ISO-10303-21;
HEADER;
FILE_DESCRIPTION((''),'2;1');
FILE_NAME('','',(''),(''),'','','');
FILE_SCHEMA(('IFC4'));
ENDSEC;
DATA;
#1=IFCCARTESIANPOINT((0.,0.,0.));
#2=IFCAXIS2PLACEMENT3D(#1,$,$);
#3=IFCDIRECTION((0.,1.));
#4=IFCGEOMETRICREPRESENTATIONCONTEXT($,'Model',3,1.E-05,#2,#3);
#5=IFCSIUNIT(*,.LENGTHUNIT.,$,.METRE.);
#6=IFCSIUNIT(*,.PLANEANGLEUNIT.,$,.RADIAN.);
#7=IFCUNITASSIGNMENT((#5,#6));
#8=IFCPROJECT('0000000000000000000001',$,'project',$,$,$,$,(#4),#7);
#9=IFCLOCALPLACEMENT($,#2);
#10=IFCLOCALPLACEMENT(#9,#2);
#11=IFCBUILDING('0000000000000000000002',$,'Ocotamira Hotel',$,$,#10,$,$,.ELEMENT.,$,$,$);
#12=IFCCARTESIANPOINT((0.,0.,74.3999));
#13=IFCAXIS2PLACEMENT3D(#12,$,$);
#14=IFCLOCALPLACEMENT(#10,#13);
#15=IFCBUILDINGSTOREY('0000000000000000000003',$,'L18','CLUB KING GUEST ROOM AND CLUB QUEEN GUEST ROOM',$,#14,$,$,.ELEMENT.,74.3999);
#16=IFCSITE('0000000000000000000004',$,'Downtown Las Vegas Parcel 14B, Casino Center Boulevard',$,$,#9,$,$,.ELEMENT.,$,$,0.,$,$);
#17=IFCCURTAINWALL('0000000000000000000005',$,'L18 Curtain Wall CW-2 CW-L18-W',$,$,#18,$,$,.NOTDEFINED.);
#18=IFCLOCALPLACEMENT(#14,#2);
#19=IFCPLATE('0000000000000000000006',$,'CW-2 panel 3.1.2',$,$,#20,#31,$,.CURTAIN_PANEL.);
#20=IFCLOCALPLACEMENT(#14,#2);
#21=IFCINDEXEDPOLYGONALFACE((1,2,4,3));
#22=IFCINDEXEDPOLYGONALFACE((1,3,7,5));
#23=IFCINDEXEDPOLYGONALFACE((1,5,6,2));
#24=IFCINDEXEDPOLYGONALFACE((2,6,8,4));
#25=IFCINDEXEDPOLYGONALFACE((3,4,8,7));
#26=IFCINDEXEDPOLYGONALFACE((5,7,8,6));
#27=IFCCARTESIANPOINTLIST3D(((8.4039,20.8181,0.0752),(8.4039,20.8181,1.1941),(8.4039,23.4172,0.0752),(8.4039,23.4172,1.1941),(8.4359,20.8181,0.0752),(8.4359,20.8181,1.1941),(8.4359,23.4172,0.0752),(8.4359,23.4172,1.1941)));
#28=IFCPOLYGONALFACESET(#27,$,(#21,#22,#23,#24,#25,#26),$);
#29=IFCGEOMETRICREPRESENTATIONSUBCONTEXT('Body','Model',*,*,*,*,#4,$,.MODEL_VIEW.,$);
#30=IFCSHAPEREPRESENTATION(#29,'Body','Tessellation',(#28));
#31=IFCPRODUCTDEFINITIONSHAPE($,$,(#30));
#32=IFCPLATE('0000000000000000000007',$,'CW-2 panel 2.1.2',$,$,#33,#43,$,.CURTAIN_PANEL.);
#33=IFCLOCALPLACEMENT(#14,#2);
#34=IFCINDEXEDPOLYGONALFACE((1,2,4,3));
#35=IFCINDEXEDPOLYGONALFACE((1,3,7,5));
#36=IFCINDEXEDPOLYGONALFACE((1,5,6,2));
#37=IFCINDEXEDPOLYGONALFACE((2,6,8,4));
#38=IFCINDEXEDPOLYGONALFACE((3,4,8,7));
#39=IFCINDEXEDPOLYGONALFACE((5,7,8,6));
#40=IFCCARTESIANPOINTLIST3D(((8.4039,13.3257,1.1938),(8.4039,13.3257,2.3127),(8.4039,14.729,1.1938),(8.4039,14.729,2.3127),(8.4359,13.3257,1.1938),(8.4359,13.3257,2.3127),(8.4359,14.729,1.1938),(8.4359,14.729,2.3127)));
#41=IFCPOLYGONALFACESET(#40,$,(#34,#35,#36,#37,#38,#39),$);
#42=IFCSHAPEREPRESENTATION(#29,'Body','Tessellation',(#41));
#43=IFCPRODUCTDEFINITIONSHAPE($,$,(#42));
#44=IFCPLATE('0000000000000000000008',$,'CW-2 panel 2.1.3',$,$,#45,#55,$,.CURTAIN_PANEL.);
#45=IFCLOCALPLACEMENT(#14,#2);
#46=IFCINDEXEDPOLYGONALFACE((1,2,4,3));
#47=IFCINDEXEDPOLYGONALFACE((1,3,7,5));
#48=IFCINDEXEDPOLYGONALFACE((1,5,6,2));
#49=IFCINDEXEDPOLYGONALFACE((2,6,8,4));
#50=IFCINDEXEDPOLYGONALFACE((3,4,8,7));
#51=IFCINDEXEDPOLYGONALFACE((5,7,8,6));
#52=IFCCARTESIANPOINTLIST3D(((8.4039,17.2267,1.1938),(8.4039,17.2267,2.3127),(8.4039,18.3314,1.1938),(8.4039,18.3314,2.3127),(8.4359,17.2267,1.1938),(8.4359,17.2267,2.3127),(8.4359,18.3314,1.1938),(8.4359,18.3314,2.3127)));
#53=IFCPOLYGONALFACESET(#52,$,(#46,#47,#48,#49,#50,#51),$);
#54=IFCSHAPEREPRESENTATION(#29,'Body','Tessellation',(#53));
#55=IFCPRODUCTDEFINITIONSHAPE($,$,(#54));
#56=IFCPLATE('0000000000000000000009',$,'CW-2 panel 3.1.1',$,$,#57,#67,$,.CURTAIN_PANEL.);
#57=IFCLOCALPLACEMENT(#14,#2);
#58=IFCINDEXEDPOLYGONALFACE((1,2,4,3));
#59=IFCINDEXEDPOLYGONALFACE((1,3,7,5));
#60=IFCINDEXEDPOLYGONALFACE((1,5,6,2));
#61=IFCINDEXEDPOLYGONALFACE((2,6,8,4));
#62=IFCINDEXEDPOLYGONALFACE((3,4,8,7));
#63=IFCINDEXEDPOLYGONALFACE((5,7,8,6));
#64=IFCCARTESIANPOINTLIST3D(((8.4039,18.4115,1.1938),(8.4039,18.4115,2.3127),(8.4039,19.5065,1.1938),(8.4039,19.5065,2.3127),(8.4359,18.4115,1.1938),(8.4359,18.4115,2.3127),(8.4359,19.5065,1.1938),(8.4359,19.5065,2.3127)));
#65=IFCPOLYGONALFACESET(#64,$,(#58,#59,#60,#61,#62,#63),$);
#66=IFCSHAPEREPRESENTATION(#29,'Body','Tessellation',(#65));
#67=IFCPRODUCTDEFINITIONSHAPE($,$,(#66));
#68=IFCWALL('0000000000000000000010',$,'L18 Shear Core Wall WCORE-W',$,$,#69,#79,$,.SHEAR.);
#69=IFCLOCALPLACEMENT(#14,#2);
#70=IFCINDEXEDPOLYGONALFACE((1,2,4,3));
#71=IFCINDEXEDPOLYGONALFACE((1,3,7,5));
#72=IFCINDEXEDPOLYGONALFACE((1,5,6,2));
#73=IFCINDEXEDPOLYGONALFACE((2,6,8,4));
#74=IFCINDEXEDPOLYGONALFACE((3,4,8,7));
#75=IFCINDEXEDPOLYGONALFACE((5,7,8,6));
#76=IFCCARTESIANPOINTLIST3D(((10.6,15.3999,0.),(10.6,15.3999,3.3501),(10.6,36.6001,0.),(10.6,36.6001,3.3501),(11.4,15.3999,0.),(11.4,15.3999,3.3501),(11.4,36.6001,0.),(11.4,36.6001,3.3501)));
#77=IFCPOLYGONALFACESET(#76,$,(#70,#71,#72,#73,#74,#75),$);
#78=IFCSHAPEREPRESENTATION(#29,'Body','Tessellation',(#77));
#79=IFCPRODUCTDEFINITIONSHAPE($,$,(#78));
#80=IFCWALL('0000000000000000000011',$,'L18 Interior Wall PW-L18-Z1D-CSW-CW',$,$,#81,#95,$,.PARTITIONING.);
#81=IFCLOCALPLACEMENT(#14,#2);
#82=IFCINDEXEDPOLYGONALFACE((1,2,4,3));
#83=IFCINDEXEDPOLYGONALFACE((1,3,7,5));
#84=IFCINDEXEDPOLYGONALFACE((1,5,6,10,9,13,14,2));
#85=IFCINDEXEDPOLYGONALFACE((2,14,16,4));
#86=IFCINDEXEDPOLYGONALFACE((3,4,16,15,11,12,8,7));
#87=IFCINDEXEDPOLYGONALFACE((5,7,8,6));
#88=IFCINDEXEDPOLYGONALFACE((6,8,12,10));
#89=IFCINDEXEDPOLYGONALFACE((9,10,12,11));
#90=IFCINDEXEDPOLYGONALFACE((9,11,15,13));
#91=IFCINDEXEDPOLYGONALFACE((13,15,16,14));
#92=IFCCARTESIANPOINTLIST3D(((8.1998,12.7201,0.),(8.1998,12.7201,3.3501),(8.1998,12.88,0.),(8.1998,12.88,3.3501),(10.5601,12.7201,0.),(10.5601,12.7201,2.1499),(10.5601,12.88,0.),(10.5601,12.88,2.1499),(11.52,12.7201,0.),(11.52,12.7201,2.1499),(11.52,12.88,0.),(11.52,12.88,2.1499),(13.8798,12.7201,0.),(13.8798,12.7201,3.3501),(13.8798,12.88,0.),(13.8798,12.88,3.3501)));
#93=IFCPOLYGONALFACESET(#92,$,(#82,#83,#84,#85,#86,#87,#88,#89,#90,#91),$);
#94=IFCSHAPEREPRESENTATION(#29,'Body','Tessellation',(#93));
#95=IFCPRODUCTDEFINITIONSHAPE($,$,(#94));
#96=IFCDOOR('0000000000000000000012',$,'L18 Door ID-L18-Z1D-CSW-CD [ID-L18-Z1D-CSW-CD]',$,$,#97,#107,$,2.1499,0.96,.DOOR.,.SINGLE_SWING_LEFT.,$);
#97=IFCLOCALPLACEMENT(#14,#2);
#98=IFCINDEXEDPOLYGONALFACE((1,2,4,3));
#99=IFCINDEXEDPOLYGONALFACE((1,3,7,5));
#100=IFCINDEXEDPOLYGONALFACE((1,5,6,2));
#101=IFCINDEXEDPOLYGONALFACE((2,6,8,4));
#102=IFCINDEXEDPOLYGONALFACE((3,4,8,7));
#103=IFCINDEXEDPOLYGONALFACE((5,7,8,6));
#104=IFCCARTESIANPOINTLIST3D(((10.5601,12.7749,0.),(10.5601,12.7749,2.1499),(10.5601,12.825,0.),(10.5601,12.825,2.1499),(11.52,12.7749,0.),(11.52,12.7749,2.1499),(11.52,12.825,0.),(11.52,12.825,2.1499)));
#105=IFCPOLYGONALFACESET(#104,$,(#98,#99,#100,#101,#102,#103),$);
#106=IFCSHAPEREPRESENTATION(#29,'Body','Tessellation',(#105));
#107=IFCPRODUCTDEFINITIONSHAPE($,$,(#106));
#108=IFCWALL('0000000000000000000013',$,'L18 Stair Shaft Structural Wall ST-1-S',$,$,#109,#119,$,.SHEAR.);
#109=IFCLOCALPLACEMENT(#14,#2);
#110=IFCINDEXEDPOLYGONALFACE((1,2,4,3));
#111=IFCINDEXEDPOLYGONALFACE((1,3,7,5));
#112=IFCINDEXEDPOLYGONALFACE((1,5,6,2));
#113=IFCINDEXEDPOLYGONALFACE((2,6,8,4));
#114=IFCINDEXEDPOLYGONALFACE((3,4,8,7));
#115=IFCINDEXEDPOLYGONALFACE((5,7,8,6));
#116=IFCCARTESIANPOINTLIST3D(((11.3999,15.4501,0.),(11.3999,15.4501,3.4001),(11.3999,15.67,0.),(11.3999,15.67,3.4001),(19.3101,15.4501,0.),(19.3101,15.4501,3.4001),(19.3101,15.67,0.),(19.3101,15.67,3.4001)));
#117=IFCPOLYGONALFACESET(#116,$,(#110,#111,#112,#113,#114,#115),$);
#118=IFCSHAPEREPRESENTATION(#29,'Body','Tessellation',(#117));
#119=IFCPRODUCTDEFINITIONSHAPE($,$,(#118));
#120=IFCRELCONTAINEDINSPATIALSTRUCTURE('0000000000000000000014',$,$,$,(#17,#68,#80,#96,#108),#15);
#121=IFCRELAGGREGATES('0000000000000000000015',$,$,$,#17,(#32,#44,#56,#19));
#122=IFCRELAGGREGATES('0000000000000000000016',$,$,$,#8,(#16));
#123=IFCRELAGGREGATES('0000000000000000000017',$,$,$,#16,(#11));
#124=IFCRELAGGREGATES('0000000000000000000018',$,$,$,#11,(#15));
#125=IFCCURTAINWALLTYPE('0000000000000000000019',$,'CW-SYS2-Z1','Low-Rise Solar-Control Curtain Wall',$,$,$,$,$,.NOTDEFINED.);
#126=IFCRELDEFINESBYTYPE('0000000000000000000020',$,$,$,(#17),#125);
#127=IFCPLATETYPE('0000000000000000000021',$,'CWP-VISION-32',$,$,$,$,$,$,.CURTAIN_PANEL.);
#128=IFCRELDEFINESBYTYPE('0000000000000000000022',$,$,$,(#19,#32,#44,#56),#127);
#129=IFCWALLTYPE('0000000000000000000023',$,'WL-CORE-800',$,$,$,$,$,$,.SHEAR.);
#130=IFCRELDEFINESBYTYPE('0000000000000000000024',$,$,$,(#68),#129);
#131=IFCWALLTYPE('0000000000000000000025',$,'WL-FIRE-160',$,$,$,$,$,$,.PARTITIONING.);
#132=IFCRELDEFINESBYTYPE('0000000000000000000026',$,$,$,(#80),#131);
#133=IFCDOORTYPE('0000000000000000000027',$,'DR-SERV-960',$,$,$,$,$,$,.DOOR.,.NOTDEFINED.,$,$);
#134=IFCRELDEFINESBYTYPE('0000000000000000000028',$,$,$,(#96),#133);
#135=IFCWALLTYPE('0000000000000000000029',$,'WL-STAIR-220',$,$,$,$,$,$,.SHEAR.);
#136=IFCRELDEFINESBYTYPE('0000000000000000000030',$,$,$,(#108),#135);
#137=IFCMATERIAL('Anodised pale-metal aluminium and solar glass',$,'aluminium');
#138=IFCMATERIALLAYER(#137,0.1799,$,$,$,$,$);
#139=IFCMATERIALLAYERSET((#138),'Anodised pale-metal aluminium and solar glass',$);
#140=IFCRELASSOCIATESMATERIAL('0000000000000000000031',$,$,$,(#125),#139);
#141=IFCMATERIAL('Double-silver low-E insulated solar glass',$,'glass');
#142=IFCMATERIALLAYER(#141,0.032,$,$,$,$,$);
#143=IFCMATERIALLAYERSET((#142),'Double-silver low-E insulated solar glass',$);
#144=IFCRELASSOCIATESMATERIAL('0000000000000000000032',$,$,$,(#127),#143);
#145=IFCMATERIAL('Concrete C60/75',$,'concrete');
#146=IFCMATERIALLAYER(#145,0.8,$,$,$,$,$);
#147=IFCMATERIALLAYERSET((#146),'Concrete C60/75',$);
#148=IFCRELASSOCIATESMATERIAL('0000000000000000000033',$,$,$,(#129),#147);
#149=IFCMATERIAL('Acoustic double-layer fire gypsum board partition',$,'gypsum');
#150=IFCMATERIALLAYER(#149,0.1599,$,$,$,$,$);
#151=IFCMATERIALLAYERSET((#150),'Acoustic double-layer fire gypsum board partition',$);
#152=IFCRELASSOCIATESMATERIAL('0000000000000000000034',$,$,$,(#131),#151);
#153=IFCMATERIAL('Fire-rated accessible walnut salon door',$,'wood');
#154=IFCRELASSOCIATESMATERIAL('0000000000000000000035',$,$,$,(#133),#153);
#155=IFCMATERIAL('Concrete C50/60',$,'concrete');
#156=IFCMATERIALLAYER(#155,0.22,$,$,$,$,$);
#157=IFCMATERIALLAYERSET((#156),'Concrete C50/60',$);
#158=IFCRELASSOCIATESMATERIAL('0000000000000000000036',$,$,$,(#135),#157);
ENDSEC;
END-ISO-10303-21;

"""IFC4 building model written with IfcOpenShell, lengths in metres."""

from ifc_helpers import new_model, si_unit, direction, frame, frame_2d, origin, origin_2d, place, context, subcontext, project, spatial, rectangle, extrude, source, transform, mapped, material, layer, layer_set, type_object, element, fill, aggregate, save


model = new_model("IFC4")

# Units and contexts
model_context = context("Model", 3, precision=1e-05, world=origin(), true_north=direction((0.0, 1.0)))
body_context = subcontext(model_context, "Body", "Model", "MODEL_VIEW")
ifc_project = project(units=[si_unit("LENGTHUNIT", "METRE"), si_unit("PLANEANGLEUNIT", "RADIAN")], contexts=[model_context])

# Site, building, storey
site_placement = place(None, origin())
site = spatial("IfcSite", under=ifc_project, at=site_placement, Name="Downtown Las Vegas Parcel 14B, Casino Center Boulevard", CompositionType="ELEMENT", RefElevation=0.0)
building_placement = place(site_placement, origin())
building = spatial("IfcBuilding", under=site, at=building_placement, Name="Ocotamira Hotel", CompositionType="ELEMENT")
storey_placement = place(building_placement, frame((0.0, 0.0, 74.3999)))
storey = spatial("IfcBuildingStorey", under=building, at=storey_placement, Name="L18", Description="CLUB KING GUEST ROOM AND CLUB QUEEN GUEST ROOM", CompositionType="ELEMENT", Elevation=74.3999)

# Shared definitions
ifc_material_1 = material(Name="Concrete C60/75", Category="concrete")

# Curtain wall
ifc_material_2 = material(Name="Anodised pale-metal aluminium and solar glass", Category="aluminium")
ifc_layer_1 = layer(ifc_material_2, 0.1799)
ifc_layer_set_1 = layer_set([ifc_layer_1], Name="Anodised pale-metal aluminium and solar glass")
curtain_wall_type = type_object("IfcCurtainWallType", Name="CW-SYS2-Z1", Description="Low-Rise Solar-Control Curtain Wall", PredefinedType="NOTDEFINED", material=ifc_layer_set_1)
curtain_wall_placement = place(storey_placement, origin())
curtain_wall = element("IfcCurtainWall", 1, at=curtain_wall_placement, inside=storey, type_object=curtain_wall_type, Name="L18 Curtain Wall CW-2 CW-L18-W", PredefinedType="NOTDEFINED")

# Plates
ifc_material_3 = material(Name="Double-silver low-E insulated solar glass", Category="glass")
ifc_layer_2 = layer(ifc_material_3, 0.032)
ifc_layer_set_2 = layer_set([ifc_layer_2], Name="Double-silver low-E insulated solar glass")
plate_type_1 = type_object("IfcPlateType", Name="CWP-VISION-32", PredefinedType="CURTAIN_PANEL", material=ifc_layer_set_2)
shared_shape_1 = source(origin(), body_context, "Body", "SweptSolid", [
    extrude(rectangle(XDim=2.5991, YDim=0.032, at=origin_2d()), origin(), (0.0, 0.0, 1.0), 1.1189),
])
plate_1_placement = place(storey_placement, frame((8.4199, 22.1177, 0.0752), z_axis=(0.0, 0.0, 1.0), x_axis=(0.0, 1.0, 0.0)))
plate_1 = element("IfcPlate", 2, at=plate_1_placement, type_object=plate_type_1, Name="CW-2 panel 3.1.2", PredefinedType="CURTAIN_PANEL", context=body_context, shape_type="MappedRepresentation", body=[
    mapped(shared_shape_1, transform((0.0, 0.0, 0.0), scale=1.0)),
])
shared_shape_2 = source(origin(), body_context, "Body", "SweptSolid", [
    extrude(rectangle(XDim=1.4033, YDim=0.032, at=origin_2d()), origin(), (0.0, 0.0, 1.0), 1.1189),
])
plate_2_placement = place(storey_placement, frame((8.4199, 14.0273, 1.1938), z_axis=(0.0, 0.0, 1.0), x_axis=(0.0, 1.0, 0.0)))
plate_2 = element("IfcPlate", 3, at=plate_2_placement, type_object=plate_type_1, Name="CW-2 panel 2.1.2", PredefinedType="CURTAIN_PANEL", context=body_context, shape_type="MappedRepresentation", body=[
    mapped(shared_shape_2, transform((0.0, 0.0, 0.0), scale=1.0)),
])
shared_shape_3 = source(origin(), body_context, "Body", "SweptSolid", [
    extrude(rectangle(XDim=1.1047, YDim=0.032, at=origin_2d()), origin(), (0.0, 0.0, 1.0), 1.1189),
])
plate_3_placement = place(storey_placement, frame((8.4199, 17.7791, 1.1938), z_axis=(0.0, 0.0, 1.0), x_axis=(0.0, 1.0, 0.0)))
plate_3 = element("IfcPlate", 4, at=plate_3_placement, type_object=plate_type_1, Name="CW-2 panel 2.1.3", PredefinedType="CURTAIN_PANEL", context=body_context, shape_type="MappedRepresentation", body=[
    mapped(shared_shape_3, transform((0.0, 0.0, 0.0), scale=1.0)),
])
shared_shape_4 = source(origin(), body_context, "Body", "SweptSolid", [
    extrude(rectangle(XDim=1.095, YDim=0.032, at=origin_2d()), origin(), (0.0, 0.0, 1.0), 1.1189),
])
plate_4_placement = place(storey_placement, frame((8.4199, 18.959, 1.1938), z_axis=(0.0, 0.0, 1.0), x_axis=(0.0, 1.0, 0.0)))
plate_4 = element("IfcPlate", 5, at=plate_4_placement, type_object=plate_type_1, Name="CW-2 panel 3.1.1", PredefinedType="CURTAIN_PANEL", context=body_context, shape_type="MappedRepresentation", body=[
    mapped(shared_shape_4, transform((0.0, 0.0, 0.0), scale=1.0)),
])
aggregate(curtain_wall, [plate_2, plate_3, plate_4, plate_1])

# Shared definitions
ifc_layer_3 = layer(ifc_material_1, 0.8)
ifc_layer_set_3 = layer_set([ifc_layer_3], Name="Concrete C60/75")
wall_type_1 = type_object("IfcWallType", Name="WL-CORE-800", PredefinedType="SHEAR", material=ifc_layer_set_3)

# Wall
wall_1_placement = place(storey_placement, frame((11.0, 15.3999, 0.0), z_axis=(0.0, 0.0, 1.0), x_axis=(0.0, 1.0, 0.0)))
element("IfcWall", 6, at=wall_1_placement, inside=storey, type_object=wall_type_1, Name="L18 Shear Core Wall WCORE-W", PredefinedType="SHEAR", context=body_context, shape_type="SweptSolid", body=[
    extrude(rectangle(XDim=21.2002, YDim=0.8, at=frame_2d((10.6001, 0.0))), origin(), (0.0, 0.0, 1.0), 3.3501),
])

# Wall, opening, door
ifc_material_4 = material(Name="Acoustic double-layer fire gypsum board partition", Category="gypsum")
ifc_layer_4 = layer(ifc_material_4, 0.1599)
ifc_layer_set_4 = layer_set([ifc_layer_4], Name="Acoustic double-layer fire gypsum board partition")
wall_type_2 = type_object("IfcWallType", Name="WL-FIRE-160", PredefinedType="PARTITIONING", material=ifc_layer_set_4)
wall_2_placement = place(storey_placement, frame((8.2, 12.8, 0.0), z_axis=(0.0, 0.0, 1.0), x_axis=(1.0, 0.0, 0.0)))
wall_2 = element("IfcWall", 7, at=wall_2_placement, inside=storey, type_object=wall_type_2, Name="L18 Interior Wall PW-L18-Z1D-CSW-CW", PredefinedType="PARTITIONING", context=body_context, shape_type="SweptSolid", body=[
    extrude(rectangle(XDim=5.6799, YDim=0.1599, at=frame_2d((2.8398, 0.0))), origin(), (0.0, 0.0, 1.0), 3.3501),
])
opening_1_placement = place(wall_2_placement, frame((2.3601, 0.0, 0.0)))
opening_1 = element("IfcOpeningElement", 8, at=opening_1_placement, cuts=wall_2, PredefinedType="OPENING", context=body_context, shape_type="SweptSolid", body=[
    extrude(rectangle(XDim=0.96, YDim=2.1499, at=frame_2d((0.48, 1.075))), frame((0.0, 0.0898, 0.0), z_axis=(0.0, -1.0, 0.0), x_axis=(1.0, 0.0, 0.0)), (0.0, 0.0, 1.0), 0.1799),
])
ifc_material_5 = material(Name="Fire-rated accessible walnut salon door", Category="wood")
door_type_1 = type_object("IfcDoorType", Name="DR-SERV-960", OperationType="NOTDEFINED", PredefinedType="DOOR", material=ifc_material_5)
shared_shape_5 = source(origin(), body_context, "Body", "SweptSolid", [
    extrude(rectangle(XDim=0.96, YDim=2.1499, at=frame_2d((0.48, 1.075))), frame((0.0, 0.0249, 0.0), z_axis=(0.0, -1.0, 0.0), x_axis=(1.0, 0.0, 0.0)), (0.0, 0.0, 1.0), 0.05),
])
door_1_placement = place(opening_1_placement, origin())
door_1 = element("IfcDoor", 9, at=door_1_placement, inside=storey, type_object=door_type_1, Name="L18 Door ID-L18-Z1D-CSW-CD [ID-L18-Z1D-CSW-CD]", OperationType="SINGLE_SWING_LEFT", OverallHeight=2.1499, OverallWidth=0.96, PredefinedType="DOOR", context=body_context, shape_type="MappedRepresentation", body=[
    mapped(shared_shape_5, transform((0.0, 0.0, 0.0), scale=1.0)),
])
fill(opening_1, door_1)

# Wall
ifc_material_6 = material(Name="Concrete C50/60", Category="concrete")
ifc_layer_5 = layer(ifc_material_6, 0.22)
ifc_layer_set_5 = layer_set([ifc_layer_5], Name="Concrete C50/60")
wall_type_3 = type_object("IfcWallType", Name="WL-STAIR-220", PredefinedType="SHEAR", material=ifc_layer_set_5)
wall_3_placement = place(storey_placement, frame((11.3999, 15.5601, 0.0), z_axis=(0.0, 0.0, 1.0), x_axis=(1.0, 0.0, 0.0)))
element("IfcWall", 10, at=wall_3_placement, inside=storey, type_object=wall_type_3, Name="L18 Stair Shaft Structural Wall ST-1-S", PredefinedType="SHEAR", context=body_context, shape_type="SweptSolid", body=[
    extrude(rectangle(XDim=7.9102, YDim=0.22, at=frame_2d((3.9551, 0.0))), origin(), (0.0, 0.0, 1.0), 3.4001),
])

save(model, "model.ifc")
